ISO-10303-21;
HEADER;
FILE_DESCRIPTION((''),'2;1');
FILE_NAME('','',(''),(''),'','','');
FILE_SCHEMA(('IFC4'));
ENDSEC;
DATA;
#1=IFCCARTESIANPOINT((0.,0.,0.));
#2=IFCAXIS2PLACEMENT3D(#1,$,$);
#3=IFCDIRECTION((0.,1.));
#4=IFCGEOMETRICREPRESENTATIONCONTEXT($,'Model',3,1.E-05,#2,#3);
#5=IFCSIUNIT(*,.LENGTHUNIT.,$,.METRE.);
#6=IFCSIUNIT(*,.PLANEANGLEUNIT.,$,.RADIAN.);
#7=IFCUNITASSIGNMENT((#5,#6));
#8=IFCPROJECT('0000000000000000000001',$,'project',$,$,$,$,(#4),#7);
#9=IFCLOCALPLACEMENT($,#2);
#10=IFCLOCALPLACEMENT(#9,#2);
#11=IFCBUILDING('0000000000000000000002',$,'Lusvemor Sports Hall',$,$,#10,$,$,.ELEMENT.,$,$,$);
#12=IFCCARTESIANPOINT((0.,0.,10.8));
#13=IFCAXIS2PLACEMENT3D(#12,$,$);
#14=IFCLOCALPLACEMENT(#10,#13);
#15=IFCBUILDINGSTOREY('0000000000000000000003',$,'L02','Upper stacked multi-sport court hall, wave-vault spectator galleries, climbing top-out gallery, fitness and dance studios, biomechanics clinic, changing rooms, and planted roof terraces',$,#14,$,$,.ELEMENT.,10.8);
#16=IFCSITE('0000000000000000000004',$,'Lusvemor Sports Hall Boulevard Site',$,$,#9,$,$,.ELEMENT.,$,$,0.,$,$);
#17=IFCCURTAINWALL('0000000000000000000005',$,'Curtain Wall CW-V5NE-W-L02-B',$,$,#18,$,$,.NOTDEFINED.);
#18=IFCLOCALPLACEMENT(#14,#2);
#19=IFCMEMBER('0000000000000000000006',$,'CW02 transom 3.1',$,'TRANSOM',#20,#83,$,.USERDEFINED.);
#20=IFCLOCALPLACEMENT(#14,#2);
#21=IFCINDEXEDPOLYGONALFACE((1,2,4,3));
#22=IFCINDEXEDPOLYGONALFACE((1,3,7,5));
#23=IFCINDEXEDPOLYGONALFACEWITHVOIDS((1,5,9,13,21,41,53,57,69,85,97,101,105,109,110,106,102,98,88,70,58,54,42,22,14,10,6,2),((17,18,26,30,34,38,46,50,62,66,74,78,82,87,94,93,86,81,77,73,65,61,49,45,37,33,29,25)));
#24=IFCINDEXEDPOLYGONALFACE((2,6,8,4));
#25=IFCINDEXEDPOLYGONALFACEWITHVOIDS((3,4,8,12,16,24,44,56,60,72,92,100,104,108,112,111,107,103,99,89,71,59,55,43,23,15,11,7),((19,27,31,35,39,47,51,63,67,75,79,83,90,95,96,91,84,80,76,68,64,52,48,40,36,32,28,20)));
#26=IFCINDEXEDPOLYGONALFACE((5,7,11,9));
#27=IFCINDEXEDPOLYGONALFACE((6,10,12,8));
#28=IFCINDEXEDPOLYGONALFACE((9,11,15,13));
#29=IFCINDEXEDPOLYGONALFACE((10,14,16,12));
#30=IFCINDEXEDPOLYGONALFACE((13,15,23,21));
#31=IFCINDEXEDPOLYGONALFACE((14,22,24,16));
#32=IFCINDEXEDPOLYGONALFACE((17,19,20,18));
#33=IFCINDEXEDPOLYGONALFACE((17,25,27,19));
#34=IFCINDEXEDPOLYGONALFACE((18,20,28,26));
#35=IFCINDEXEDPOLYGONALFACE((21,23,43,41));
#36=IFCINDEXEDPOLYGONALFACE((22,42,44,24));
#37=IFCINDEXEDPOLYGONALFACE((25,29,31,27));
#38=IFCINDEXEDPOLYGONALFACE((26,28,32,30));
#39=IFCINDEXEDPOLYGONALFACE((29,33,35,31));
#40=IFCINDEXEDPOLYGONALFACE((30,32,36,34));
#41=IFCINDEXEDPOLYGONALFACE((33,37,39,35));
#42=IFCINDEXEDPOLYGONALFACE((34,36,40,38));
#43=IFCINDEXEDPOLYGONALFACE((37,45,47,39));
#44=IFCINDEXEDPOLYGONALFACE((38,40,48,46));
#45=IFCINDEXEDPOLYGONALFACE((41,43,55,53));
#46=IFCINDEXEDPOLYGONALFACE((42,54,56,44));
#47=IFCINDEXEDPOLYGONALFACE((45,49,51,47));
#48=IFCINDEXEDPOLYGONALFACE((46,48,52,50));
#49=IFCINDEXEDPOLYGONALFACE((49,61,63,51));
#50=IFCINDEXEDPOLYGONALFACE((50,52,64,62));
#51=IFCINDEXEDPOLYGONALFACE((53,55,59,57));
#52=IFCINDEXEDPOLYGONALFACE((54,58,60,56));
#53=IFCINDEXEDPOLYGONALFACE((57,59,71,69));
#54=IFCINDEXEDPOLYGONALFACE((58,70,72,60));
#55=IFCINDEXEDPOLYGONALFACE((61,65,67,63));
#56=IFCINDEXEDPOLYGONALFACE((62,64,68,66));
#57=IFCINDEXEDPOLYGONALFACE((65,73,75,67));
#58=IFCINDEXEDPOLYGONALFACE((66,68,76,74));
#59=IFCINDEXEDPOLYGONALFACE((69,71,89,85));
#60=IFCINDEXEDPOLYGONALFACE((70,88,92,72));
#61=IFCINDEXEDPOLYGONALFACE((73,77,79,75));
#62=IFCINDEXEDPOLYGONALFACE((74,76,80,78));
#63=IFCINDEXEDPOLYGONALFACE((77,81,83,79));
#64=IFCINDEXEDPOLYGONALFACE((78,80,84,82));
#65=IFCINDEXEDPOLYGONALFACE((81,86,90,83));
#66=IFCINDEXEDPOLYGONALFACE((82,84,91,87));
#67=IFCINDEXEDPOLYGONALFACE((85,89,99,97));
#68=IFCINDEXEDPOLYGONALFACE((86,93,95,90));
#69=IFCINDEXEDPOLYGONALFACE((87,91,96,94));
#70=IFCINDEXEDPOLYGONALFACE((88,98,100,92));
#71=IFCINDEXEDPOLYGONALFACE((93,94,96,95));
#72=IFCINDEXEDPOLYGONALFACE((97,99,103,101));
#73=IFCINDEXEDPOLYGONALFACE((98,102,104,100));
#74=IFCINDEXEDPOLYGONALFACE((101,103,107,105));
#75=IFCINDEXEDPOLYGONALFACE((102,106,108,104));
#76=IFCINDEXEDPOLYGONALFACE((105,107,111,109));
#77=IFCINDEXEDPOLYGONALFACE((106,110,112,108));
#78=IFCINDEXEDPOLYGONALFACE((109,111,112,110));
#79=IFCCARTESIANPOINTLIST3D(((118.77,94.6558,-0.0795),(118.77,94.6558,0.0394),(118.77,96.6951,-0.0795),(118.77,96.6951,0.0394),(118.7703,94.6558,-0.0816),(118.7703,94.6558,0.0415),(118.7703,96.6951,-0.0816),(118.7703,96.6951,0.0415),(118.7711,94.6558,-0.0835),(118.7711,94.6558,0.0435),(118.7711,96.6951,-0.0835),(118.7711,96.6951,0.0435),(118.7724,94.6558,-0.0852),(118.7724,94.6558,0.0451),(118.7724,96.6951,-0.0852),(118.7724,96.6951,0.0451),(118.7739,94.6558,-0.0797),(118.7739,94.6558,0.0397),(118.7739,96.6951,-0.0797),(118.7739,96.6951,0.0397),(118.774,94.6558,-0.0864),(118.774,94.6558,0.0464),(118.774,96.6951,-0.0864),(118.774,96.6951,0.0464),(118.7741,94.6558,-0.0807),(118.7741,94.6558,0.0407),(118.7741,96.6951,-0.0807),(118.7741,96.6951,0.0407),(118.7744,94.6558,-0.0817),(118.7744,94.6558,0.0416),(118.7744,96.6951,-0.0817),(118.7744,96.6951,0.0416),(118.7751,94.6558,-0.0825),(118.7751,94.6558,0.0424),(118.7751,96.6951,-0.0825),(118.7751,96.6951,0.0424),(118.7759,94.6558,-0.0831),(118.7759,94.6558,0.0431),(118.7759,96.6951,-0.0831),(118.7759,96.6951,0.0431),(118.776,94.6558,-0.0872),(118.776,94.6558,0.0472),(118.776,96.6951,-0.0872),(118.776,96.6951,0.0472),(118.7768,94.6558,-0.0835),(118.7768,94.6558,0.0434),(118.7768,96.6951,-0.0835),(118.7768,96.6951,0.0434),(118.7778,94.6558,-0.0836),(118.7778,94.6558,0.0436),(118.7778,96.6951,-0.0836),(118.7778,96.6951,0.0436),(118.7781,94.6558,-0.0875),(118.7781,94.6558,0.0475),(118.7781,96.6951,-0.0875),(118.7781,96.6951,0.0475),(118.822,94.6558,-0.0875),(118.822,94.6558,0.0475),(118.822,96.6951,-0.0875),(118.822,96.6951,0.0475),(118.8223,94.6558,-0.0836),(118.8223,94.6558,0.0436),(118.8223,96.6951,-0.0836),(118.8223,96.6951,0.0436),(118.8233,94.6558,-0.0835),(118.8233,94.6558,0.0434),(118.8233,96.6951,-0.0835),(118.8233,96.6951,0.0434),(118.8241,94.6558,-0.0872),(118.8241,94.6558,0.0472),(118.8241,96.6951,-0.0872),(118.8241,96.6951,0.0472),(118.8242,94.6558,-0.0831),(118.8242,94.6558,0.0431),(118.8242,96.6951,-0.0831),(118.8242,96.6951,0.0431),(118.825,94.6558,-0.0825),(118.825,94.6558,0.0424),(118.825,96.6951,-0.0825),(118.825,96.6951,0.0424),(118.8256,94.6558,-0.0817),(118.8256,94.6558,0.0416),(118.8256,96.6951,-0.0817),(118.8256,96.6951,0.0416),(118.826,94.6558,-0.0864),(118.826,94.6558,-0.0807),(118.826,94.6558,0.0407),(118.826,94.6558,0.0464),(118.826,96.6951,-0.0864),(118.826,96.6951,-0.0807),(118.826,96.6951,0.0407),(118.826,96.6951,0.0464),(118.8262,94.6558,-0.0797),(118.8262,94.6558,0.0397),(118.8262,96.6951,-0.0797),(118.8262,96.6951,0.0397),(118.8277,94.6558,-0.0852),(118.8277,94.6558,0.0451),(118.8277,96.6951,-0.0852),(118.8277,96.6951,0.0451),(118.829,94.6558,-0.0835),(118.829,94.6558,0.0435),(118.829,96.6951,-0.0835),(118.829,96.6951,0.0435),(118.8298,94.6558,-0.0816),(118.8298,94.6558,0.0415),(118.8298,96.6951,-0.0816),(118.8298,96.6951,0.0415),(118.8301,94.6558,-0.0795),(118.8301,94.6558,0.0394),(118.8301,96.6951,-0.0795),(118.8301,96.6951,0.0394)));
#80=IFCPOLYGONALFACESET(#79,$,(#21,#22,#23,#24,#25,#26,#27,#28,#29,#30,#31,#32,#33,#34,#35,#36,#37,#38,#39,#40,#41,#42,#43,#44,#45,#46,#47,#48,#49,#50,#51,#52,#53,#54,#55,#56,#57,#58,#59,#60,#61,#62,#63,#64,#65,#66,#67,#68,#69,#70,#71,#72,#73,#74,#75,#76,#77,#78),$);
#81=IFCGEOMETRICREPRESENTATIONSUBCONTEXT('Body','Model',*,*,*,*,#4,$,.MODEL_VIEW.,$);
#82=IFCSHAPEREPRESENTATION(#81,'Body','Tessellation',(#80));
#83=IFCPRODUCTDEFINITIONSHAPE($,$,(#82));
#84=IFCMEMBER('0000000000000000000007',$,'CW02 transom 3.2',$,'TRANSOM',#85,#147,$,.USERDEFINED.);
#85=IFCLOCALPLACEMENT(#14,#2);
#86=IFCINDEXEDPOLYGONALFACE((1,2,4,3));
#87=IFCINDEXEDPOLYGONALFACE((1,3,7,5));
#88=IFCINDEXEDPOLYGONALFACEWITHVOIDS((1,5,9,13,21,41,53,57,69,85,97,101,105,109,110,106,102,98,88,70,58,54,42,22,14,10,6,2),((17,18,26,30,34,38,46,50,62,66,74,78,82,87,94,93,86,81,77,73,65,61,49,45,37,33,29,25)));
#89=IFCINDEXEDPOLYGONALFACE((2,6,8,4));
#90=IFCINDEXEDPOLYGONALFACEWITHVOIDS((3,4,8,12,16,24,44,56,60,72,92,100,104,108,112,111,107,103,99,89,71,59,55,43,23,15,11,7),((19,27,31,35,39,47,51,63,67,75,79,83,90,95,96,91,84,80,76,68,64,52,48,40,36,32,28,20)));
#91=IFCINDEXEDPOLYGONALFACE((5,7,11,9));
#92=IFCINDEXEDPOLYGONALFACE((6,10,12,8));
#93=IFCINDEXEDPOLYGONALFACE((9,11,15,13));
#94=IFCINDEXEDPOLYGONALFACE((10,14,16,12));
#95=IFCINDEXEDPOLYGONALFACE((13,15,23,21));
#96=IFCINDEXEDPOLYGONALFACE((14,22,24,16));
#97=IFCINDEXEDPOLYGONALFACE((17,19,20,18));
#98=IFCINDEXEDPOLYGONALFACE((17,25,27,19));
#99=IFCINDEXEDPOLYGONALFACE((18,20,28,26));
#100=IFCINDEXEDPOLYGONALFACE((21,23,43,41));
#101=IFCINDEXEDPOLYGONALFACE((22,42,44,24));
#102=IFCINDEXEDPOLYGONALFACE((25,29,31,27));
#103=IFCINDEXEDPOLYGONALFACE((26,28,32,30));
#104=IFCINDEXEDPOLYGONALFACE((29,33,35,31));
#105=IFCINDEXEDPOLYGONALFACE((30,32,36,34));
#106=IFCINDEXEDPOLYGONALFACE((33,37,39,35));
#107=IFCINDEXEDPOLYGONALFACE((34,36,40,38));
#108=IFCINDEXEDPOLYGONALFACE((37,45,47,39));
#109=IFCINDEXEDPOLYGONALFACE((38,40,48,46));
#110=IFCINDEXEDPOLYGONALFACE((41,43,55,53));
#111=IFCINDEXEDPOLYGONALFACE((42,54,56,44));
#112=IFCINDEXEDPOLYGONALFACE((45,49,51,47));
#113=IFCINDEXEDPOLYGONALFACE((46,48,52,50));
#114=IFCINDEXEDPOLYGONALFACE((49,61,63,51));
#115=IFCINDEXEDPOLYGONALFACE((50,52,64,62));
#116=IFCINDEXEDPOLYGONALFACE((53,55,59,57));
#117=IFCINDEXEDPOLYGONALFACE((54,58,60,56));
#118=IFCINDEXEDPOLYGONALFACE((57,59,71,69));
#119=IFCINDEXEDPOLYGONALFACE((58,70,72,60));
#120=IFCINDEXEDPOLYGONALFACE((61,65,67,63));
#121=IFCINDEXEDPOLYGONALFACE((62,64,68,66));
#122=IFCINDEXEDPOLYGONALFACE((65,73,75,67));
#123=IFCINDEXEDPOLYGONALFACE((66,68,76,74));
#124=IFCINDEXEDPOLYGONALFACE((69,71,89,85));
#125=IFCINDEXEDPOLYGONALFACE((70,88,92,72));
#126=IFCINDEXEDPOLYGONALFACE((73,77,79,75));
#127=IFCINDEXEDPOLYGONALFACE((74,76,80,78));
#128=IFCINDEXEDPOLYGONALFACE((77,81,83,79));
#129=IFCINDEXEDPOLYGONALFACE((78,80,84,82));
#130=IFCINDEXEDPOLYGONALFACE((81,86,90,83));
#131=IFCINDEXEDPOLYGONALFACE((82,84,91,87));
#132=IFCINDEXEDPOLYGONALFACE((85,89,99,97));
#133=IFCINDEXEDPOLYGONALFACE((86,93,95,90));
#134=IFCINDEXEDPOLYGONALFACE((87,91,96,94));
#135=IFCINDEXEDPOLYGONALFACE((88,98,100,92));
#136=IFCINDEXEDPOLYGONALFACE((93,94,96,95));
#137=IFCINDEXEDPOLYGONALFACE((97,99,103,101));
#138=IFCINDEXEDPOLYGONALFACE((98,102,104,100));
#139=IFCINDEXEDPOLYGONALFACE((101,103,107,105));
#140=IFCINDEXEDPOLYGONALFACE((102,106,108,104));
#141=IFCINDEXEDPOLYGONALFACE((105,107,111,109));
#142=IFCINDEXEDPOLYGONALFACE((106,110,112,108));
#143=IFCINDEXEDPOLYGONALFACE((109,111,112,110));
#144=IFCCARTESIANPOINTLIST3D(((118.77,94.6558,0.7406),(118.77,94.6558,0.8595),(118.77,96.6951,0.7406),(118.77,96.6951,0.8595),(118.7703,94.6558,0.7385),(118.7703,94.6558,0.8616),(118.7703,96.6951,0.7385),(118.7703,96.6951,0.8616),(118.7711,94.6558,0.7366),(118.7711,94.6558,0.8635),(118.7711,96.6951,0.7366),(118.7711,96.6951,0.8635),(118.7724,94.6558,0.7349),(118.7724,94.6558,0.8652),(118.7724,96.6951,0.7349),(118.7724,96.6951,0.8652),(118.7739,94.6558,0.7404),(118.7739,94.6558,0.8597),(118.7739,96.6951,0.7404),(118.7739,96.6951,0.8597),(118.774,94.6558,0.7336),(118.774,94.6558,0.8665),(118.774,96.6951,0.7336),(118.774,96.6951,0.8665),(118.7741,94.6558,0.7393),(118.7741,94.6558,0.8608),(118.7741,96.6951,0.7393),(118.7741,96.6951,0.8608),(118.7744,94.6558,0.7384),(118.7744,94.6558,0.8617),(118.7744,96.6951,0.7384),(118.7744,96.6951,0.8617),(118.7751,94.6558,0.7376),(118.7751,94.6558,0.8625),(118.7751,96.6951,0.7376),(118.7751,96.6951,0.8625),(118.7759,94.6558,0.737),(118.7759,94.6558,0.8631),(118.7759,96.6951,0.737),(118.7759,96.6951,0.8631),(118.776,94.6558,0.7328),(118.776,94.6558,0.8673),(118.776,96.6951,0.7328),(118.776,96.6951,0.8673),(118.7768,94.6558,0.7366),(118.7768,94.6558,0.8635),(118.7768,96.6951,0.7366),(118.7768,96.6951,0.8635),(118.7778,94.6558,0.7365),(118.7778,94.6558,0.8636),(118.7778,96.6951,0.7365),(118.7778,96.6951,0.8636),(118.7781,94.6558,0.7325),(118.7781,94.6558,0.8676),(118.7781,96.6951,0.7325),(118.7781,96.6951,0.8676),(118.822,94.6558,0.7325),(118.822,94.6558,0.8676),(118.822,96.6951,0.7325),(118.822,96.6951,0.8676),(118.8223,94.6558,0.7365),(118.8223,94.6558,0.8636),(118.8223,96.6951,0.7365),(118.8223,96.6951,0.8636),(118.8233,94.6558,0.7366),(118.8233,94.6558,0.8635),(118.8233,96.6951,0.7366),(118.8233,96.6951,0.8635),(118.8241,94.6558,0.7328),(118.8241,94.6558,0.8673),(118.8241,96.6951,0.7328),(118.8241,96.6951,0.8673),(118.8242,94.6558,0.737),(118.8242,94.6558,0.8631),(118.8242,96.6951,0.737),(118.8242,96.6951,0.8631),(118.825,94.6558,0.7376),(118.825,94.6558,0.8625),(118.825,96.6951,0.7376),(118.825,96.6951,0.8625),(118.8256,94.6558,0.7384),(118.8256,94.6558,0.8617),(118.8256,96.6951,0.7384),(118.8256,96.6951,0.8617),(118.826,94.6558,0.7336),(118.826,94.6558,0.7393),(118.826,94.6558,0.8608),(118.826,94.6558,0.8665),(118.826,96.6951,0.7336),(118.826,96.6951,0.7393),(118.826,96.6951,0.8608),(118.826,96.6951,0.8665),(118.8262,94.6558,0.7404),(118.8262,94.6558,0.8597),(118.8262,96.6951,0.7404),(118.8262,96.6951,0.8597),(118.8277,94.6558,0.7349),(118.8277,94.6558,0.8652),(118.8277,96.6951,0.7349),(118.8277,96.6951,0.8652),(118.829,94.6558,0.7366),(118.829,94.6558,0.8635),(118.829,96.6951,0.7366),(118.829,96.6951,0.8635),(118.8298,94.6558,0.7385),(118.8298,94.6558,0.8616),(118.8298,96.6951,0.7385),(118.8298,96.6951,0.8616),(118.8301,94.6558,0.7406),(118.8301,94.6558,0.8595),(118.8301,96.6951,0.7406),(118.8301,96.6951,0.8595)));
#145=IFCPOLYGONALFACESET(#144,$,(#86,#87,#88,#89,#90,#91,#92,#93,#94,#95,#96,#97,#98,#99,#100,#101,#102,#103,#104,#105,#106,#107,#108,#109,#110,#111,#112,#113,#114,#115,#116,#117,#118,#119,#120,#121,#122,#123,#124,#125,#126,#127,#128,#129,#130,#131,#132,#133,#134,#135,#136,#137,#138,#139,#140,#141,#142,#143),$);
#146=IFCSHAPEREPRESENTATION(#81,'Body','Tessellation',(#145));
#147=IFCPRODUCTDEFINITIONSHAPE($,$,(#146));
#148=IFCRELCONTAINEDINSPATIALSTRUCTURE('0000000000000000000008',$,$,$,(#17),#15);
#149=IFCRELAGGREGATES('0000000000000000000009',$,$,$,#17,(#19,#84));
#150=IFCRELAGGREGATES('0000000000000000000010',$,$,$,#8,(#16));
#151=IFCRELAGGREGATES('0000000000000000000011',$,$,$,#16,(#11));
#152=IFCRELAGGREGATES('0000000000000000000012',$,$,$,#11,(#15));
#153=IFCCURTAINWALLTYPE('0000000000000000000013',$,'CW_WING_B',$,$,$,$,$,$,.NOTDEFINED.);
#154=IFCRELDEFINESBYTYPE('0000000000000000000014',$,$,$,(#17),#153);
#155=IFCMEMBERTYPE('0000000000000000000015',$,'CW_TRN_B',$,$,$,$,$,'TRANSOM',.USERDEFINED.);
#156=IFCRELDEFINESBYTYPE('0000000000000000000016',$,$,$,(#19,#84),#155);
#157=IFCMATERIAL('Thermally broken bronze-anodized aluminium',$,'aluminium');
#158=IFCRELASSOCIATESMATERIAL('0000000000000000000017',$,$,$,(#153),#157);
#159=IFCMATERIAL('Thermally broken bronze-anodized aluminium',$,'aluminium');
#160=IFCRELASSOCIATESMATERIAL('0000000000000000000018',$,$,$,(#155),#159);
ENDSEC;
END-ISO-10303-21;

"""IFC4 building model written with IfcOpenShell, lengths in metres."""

from ifc_helpers import new_model, si_unit, direction, frame, origin, origin_2d, place, context, subcontext, project, spatial, hollow_rectangle, extrude, material, material_profile, profile_set, type_object, element, aggregate, save


model = new_model("IFC4")

# Units and contexts
model_context = context("Model", 3, precision=1e-05, world=origin(), true_north=direction((0.0, 1.0)))
body_context = subcontext(model_context, "Body", "Model", "MODEL_VIEW")
ifc_project = project(units=[si_unit("LENGTHUNIT", "METRE"), si_unit("PLANEANGLEUNIT", "RADIAN")], contexts=[model_context])

# Site, building, storey
site_placement = place(None, origin())
site = spatial("IfcSite", under=ifc_project, at=site_placement, Name="Lusvemor Sports Hall Boulevard Site", CompositionType="ELEMENT", RefElevation=0.0)
building_placement = place(site_placement, origin())
building = spatial("IfcBuilding", under=site, at=building_placement, Name="Lusvemor Sports Hall", CompositionType="ELEMENT")
storey_placement = place(building_placement, frame((0.0, 0.0, 10.8)))
storey = spatial("IfcBuildingStorey", under=building, at=storey_placement, Name="L02", Description="Upper stacked multi-sport court hall, wave-vault spectator galleries, climbing top-out gallery, fitness and dance studios, biomechanics clinic, changing rooms, and planted roof terraces", CompositionType="ELEMENT", Elevation=10.8)

# Curtain wall, members
ifc_material_1 = material(Name="Thermally broken bronze-anodized aluminium", Category="aluminium")
curtain_wall_type = type_object("IfcCurtainWallType", Name="CW_WING_B", PredefinedType="NOTDEFINED", material=ifc_material_1)
curtain_wall_placement = place(storey_placement, origin())
curtain_wall = element("IfcCurtainWall", 1, at=curtain_wall_placement, inside=storey, type_object=curtain_wall_type, Name="Curtain Wall CW-V5NE-W-L02-B", PredefinedType="NOTDEFINED")
ifc_material_2 = material(Name="Thermally broken bronze-anodized aluminium", Category="aluminium")
ifc_material_profile_1 = material_profile(ifc_material_2, hollow_rectangle(XDim=0.0601, YDim=0.135, WallThickness=0.0039, InnerFilletRadius=0.0039, OuterFilletRadius=0.0081, at=origin_2d()), Name="CWTRN135x60x4")
ifc_profile_set_1 = profile_set([ifc_material_profile_1], Name="Thermally broken bronze-anodized aluminium")
member_type_1 = type_object("IfcMemberType", Name="CW_TRN_B", ElementType="TRANSOM", PredefinedType="USERDEFINED", material=ifc_profile_set_1)
member_1_placement = place(storey_placement, frame((118.8, 94.6558, -0.02), z_axis=(0.0, 1.0, 0.0), x_axis=(-1.0, 0.0, 0.0)))
member_1 = element("IfcMember", 2, at=member_1_placement, type_object=member_type_1, Name="CW02 transom 3.1", ObjectType="TRANSOM", PredefinedType="USERDEFINED", context=body_context, shape_type="SweptSolid", body=[
    extrude(hollow_rectangle(XDim=0.0601, YDim=0.135, WallThickness=0.0039, InnerFilletRadius=0.0039, OuterFilletRadius=0.0081, at=origin_2d()), origin(), (0.0, 0.0, 1.0), 2.0393),
])
member_2_placement = place(storey_placement, frame((118.8, 94.6558, 0.8), z_axis=(0.0, 1.0, 0.0), x_axis=(-1.0, 0.0, 0.0)))
member_2 = element("IfcMember", 3, at=member_2_placement, type_object=member_type_1, Name="CW02 transom 3.2", ObjectType="TRANSOM", PredefinedType="USERDEFINED", context=body_context, shape_type="SweptSolid", body=[
    extrude(hollow_rectangle(XDim=0.0601, YDim=0.135, WallThickness=0.0039, InnerFilletRadius=0.0039, OuterFilletRadius=0.0081, at=origin_2d()), origin(), (0.0, 0.0, 1.0), 2.0393),
])
aggregate(curtain_wall, [member_1, member_2])

save(model, "model.ifc")
